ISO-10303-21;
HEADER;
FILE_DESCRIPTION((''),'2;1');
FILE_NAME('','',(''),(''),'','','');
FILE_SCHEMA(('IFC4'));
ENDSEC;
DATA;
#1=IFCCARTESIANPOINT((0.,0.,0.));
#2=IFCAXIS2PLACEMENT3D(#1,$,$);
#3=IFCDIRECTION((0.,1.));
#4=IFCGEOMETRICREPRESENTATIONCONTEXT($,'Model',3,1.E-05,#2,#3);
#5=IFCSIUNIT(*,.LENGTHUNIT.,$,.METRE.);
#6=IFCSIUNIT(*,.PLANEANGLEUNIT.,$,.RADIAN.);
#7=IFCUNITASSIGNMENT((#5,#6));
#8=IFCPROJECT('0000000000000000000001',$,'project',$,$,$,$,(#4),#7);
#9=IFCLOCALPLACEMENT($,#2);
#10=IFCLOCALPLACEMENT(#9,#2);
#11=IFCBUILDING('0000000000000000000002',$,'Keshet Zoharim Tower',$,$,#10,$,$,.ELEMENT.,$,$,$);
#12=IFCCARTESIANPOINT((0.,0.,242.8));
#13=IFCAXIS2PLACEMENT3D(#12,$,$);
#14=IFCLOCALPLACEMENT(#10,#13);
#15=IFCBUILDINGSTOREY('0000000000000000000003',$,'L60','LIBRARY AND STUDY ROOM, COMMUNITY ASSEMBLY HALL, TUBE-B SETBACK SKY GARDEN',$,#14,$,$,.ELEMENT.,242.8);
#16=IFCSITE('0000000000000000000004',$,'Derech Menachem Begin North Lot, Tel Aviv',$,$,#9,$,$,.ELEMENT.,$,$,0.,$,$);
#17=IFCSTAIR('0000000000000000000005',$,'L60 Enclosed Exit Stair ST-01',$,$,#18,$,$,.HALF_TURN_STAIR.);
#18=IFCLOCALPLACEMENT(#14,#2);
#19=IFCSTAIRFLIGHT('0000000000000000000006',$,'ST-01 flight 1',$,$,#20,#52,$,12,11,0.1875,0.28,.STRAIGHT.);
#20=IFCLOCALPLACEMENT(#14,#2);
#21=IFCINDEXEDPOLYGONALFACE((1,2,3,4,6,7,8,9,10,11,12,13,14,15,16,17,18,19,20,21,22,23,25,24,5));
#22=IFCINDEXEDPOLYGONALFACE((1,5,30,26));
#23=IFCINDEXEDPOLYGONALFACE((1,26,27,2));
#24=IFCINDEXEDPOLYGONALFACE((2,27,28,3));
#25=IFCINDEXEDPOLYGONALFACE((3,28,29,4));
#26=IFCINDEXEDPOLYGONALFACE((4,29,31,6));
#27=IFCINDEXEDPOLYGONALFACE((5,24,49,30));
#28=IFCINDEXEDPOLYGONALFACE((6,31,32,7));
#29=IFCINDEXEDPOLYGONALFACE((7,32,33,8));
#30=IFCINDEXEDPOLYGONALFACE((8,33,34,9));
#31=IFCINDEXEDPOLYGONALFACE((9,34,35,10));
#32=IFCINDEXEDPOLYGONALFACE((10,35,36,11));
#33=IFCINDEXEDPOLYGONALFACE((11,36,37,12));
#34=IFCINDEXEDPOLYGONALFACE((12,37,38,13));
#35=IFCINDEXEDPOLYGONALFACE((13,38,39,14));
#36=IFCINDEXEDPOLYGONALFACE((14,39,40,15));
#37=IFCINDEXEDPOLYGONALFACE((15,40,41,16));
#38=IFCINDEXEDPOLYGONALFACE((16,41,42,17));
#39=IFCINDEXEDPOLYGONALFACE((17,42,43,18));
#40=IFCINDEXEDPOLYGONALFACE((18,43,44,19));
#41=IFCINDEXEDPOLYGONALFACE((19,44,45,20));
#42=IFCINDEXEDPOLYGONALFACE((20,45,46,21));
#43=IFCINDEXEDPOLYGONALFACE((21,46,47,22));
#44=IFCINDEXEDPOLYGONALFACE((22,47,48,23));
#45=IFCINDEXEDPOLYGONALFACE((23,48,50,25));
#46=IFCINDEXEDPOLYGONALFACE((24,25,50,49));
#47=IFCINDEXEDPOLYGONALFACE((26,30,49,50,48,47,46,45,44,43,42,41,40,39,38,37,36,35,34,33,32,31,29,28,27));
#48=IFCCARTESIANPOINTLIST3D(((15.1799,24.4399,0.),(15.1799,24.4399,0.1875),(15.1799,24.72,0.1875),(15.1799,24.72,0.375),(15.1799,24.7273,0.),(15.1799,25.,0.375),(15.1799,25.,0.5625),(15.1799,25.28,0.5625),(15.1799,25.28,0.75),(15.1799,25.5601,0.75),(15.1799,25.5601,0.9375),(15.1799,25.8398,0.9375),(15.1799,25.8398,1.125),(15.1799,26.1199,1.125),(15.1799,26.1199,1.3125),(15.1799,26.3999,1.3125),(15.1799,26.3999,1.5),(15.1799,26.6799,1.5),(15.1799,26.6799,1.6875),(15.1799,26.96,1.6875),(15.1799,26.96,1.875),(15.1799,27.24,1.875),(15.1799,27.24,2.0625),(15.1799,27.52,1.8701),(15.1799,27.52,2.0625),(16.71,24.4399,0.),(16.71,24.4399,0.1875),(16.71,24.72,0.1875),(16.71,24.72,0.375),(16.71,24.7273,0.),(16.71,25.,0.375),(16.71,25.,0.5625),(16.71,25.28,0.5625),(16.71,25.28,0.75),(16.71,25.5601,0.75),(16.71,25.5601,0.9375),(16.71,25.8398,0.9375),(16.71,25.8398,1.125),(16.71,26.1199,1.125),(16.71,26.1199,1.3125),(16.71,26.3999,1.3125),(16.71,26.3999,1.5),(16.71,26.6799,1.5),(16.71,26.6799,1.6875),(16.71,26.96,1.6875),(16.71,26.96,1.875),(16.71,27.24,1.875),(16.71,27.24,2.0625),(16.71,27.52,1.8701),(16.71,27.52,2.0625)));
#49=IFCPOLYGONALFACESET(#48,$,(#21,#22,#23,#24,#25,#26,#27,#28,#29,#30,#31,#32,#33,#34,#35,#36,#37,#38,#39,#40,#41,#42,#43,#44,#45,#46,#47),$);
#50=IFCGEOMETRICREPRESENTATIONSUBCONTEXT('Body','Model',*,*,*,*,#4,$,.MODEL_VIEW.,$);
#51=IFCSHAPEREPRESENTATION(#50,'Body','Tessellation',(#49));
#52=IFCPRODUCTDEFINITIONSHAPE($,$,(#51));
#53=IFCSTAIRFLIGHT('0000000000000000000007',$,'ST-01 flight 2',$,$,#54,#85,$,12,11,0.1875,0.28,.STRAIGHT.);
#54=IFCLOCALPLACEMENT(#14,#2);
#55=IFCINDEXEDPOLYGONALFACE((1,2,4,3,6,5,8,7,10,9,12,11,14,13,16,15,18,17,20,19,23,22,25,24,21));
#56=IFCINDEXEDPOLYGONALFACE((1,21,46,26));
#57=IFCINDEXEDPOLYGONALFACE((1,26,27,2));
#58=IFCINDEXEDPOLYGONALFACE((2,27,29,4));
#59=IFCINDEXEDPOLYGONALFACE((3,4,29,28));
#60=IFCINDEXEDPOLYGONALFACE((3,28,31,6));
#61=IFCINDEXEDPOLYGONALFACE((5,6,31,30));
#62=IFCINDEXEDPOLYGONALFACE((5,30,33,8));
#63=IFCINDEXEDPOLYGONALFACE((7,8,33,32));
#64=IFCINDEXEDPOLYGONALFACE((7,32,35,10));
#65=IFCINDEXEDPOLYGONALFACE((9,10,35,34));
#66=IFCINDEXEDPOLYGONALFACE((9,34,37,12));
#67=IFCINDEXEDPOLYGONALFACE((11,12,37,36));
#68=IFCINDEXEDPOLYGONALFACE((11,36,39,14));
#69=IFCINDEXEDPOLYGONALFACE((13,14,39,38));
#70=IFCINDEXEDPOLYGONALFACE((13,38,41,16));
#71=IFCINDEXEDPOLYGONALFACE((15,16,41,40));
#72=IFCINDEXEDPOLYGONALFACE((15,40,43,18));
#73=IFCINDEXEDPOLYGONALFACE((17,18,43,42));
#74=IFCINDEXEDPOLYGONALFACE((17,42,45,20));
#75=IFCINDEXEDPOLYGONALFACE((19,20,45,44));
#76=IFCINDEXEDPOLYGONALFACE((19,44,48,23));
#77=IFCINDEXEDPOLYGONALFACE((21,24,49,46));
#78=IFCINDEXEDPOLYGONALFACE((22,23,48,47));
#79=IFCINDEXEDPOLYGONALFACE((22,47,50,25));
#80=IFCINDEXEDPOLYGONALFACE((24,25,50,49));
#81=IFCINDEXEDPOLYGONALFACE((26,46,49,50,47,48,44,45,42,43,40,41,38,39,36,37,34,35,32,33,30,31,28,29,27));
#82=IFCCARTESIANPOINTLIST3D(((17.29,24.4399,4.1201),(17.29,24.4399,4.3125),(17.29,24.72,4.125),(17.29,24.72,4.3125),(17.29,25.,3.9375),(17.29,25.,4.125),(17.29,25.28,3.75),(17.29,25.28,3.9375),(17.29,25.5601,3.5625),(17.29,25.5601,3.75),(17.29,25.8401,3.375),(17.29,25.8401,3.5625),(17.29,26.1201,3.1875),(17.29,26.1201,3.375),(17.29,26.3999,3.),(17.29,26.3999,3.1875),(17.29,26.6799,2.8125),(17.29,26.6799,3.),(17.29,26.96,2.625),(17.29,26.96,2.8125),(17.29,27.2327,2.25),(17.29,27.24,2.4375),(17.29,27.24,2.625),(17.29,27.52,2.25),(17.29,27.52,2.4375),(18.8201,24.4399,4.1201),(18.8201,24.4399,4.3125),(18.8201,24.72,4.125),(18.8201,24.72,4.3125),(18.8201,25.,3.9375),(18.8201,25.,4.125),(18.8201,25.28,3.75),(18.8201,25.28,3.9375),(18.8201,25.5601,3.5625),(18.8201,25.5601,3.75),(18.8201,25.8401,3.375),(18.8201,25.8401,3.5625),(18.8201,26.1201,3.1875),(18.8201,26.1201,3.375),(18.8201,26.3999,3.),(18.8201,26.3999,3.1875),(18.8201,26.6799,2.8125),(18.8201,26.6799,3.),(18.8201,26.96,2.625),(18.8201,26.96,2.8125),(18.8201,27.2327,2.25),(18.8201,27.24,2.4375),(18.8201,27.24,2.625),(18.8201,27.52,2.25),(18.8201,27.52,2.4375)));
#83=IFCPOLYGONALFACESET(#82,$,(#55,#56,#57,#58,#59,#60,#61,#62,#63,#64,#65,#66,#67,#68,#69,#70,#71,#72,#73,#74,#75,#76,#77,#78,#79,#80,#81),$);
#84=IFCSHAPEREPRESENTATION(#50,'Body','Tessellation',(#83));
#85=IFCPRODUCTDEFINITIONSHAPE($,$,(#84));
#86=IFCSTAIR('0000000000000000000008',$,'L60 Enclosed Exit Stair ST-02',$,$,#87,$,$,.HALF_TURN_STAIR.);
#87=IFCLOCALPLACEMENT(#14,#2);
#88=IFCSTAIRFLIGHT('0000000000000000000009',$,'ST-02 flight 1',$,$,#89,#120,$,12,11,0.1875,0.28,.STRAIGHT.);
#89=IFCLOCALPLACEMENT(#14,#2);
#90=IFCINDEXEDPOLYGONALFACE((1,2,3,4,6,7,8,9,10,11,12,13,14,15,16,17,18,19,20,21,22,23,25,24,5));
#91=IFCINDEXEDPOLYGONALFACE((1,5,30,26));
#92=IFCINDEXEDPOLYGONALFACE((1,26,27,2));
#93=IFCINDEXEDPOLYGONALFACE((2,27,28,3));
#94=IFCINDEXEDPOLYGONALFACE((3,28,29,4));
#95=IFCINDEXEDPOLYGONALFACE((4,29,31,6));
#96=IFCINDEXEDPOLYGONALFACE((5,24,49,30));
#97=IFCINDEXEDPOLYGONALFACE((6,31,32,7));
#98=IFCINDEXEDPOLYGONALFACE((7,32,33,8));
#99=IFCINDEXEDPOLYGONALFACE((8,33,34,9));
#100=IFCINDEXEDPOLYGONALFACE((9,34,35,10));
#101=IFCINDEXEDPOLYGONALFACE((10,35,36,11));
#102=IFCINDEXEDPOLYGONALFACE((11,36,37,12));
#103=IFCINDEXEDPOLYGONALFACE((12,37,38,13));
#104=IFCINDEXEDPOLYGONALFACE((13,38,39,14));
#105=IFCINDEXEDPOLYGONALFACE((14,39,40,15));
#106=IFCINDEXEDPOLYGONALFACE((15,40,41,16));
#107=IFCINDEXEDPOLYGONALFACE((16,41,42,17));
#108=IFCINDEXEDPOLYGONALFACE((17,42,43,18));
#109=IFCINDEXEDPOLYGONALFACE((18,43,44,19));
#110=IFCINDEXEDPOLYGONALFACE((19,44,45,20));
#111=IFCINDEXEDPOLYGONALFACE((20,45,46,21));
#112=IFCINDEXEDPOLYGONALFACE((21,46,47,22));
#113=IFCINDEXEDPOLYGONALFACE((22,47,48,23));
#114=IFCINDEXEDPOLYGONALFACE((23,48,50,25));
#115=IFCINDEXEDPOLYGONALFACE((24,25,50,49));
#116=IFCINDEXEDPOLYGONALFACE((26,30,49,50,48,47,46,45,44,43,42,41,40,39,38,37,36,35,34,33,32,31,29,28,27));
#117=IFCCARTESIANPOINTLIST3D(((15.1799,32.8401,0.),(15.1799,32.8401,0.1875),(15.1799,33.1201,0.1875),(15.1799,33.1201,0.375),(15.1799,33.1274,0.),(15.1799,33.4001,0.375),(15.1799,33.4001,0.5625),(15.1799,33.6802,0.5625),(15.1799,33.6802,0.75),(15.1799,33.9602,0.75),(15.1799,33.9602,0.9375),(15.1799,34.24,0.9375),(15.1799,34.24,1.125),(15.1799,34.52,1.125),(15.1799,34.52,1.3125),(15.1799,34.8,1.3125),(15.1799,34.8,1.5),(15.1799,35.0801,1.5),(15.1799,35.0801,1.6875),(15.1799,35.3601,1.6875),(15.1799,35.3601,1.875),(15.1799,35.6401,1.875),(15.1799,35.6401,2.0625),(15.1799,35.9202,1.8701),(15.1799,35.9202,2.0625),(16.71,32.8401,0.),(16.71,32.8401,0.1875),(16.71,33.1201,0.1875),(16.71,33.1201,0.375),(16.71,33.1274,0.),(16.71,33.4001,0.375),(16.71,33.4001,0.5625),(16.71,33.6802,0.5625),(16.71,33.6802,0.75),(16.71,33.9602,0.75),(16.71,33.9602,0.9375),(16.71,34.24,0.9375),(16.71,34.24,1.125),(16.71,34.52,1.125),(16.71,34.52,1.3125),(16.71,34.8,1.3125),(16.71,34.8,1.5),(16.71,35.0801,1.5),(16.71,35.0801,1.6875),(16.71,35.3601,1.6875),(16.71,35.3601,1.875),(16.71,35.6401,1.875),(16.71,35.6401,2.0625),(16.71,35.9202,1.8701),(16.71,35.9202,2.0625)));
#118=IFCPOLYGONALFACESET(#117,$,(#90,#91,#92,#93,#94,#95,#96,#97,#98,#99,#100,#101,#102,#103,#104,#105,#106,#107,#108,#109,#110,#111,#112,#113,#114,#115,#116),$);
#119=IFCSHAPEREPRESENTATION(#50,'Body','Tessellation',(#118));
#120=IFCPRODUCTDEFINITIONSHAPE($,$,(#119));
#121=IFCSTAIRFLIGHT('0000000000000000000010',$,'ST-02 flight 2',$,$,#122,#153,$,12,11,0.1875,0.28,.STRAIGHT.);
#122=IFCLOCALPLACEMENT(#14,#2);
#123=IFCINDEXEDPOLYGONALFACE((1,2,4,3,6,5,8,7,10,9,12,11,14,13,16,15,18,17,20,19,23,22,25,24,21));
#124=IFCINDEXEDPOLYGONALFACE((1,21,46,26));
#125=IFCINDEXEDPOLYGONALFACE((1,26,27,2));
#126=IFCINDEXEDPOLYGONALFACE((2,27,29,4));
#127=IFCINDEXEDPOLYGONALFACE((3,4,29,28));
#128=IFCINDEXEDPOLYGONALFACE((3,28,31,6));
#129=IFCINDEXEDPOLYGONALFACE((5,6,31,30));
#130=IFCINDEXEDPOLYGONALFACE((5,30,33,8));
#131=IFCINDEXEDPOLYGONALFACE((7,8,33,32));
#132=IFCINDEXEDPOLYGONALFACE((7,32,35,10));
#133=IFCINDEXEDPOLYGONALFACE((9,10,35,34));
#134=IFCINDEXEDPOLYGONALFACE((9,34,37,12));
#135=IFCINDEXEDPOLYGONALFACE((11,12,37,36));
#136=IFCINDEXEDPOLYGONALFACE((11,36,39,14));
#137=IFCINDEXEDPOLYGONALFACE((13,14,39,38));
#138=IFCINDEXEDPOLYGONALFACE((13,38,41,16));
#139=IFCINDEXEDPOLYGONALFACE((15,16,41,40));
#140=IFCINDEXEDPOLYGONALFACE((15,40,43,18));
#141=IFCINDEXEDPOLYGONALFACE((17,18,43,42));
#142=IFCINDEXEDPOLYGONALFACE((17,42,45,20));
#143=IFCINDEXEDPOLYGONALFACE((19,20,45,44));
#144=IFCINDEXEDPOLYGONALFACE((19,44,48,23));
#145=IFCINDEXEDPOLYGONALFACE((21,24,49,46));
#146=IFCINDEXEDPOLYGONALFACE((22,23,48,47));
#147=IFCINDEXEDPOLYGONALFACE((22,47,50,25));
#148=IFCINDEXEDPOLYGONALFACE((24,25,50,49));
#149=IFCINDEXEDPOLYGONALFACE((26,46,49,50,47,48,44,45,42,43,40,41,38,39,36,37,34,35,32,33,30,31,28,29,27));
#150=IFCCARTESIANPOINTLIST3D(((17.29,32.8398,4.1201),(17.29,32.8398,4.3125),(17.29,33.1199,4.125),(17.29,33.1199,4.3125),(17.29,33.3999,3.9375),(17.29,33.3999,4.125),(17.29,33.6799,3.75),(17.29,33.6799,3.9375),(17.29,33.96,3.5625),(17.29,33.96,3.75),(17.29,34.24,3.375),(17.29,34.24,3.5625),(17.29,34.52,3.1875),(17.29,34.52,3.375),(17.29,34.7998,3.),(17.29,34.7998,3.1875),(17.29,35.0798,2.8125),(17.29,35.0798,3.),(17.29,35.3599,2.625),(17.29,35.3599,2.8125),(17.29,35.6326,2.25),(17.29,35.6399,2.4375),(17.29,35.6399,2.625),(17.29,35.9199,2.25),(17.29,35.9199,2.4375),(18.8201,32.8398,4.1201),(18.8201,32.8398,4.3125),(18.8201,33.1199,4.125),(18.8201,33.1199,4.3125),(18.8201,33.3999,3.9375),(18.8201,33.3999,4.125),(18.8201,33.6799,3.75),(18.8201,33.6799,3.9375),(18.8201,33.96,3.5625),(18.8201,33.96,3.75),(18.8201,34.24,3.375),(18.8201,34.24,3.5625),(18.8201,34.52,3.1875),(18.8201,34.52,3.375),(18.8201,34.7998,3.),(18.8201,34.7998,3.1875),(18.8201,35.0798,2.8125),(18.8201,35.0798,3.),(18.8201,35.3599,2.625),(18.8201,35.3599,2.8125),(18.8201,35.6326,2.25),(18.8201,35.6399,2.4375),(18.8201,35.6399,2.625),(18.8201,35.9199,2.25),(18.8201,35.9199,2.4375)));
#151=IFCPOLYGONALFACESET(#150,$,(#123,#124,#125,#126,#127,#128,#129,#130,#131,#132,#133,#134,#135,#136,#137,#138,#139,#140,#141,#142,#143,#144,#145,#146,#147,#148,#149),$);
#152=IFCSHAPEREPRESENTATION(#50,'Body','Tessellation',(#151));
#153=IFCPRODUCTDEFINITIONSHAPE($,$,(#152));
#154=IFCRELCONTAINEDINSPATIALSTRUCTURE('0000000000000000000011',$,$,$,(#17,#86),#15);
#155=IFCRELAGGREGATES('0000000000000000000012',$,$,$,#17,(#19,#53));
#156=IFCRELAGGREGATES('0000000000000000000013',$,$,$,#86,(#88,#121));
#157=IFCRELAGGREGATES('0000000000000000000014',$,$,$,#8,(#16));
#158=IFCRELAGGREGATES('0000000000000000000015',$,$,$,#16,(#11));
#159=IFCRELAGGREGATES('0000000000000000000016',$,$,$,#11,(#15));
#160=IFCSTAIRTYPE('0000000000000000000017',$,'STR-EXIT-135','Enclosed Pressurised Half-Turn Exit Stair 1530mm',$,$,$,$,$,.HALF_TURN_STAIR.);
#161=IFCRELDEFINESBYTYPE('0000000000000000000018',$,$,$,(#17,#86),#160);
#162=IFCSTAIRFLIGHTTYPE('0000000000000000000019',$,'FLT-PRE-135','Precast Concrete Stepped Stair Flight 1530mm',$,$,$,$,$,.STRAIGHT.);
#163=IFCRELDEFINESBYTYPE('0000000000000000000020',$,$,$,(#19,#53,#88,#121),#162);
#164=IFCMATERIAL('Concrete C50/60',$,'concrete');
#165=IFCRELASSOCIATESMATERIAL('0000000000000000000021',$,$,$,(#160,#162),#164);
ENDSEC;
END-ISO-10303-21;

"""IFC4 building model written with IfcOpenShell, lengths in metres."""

from ifc_helpers import new_model, si_unit, direction, frame, origin, place, context, subcontext, project, spatial, polyline, outline, extrude, material, type_object, element, aggregate, save


model = new_model("IFC4")

# Units and contexts
model_context = context("Model", 3, precision=1e-05, world=origin(), true_north=direction((0.0, 1.0)))
body_context = subcontext(model_context, "Body", "Model", "MODEL_VIEW")
ifc_project = project(units=[si_unit("LENGTHUNIT", "METRE"), si_unit("PLANEANGLEUNIT", "RADIAN")], contexts=[model_context])

# Site, building, storey
site_placement = place(None, origin())
site = spatial("IfcSite", under=ifc_project, at=site_placement, Name="Derech Menachem Begin North Lot, Tel Aviv", CompositionType="ELEMENT", RefElevation=0.0)
building_placement = place(site_placement, origin())
building = spatial("IfcBuilding", under=site, at=building_placement, Name="Keshet Zoharim Tower", CompositionType="ELEMENT")
storey_placement = place(building_placement, frame((0.0, 0.0, 242.8)))
storey = spatial("IfcBuildingStorey", under=building, at=storey_placement, Name="L60", Description="LIBRARY AND STUDY ROOM, COMMUNITY ASSEMBLY HALL, TUBE-B SETBACK SKY GARDEN", CompositionType="ELEMENT", Elevation=242.8)

# Shared definitions
ifc_material_1 = material(Name="Concrete C50/60", Category="concrete")

# Stairs, stair flights
stair_type = type_object("IfcStairType", Name="STR-EXIT-135", Description="Enclosed Pressurised Half-Turn Exit Stair 1530mm", PredefinedType="HALF_TURN_STAIR", material=ifc_material_1)
stair_1_placement = place(storey_placement, origin())
stair_1 = element("IfcStair", 1, at=stair_1_placement, inside=storey, type_object=stair_type, Name="L60 Enclosed Exit Stair ST-01", PredefinedType="HALF_TURN_STAIR")
stair_flight_type = type_object("IfcStairFlightType", Name="FLT-PRE-135", Description="Precast Concrete Stepped Stair Flight 1530mm", PredefinedType="STRAIGHT", material=ifc_material_1)
stair_flight_1_placement = place(storey_placement, frame((15.9451, 24.4399, 0.0), z_axis=(0.0, 0.0, 1.0), x_axis=(0.0, 1.0, 0.0)))
stair_flight_1 = element("IfcStairFlight", 2, at=stair_flight_1_placement, type_object=stair_flight_type, Name="ST-01 flight 1", NumberOfRisers=12, NumberOfTreads=11, PredefinedType="STRAIGHT", RiserHeight=0.1875, TreadLength=0.28, context=body_context, shape_type="SweptSolid", body=[
    extrude(outline(polyline([(0.0, 0.0), (0.0, 0.1875), (0.28, 0.1875), (0.28, 0.375), (0.5601, 0.375), (0.5601, 0.5625), (0.8401, 0.5625), (0.8401, 0.75), (1.1201, 0.75), (1.1201, 0.9375), (1.3999, 0.9375), (1.3999, 1.125), (1.6799, 1.125), (1.6799, 1.3125), (1.96, 1.3125), (1.96, 1.5), (2.24, 1.5), (2.24, 1.6875), (2.52, 1.6875), (2.52, 1.875), (2.8, 1.875), (2.8, 2.0625), (3.0801, 2.0625), (3.0801, 2.25), (3.0801, 1.8701), (0.2874, 0.0), (0.0, 0.0)])), frame((0.0, 0.7651, 0.0), z_axis=(0.0, -1.0, 0.0), x_axis=(1.0, 0.0, 0.0)), (0.0, 0.0, 1.0), 1.53),
])
stair_flight_2_placement = place(storey_placement, frame((18.0549, 27.52, 2.25), z_axis=(0.0, 0.0, 1.0), x_axis=(0.0, -1.0, 0.0)))
stair_flight_2 = element("IfcStairFlight", 3, at=stair_flight_2_placement, type_object=stair_flight_type, Name="ST-01 flight 2", NumberOfRisers=12, NumberOfTreads=11, PredefinedType="STRAIGHT", RiserHeight=0.1875, TreadLength=0.28, context=body_context, shape_type="SweptSolid", body=[
    extrude(outline(polyline([(0.0, 0.0), (0.0, 0.1875), (0.28, 0.1875), (0.28, 0.375), (0.5601, 0.375), (0.5601, 0.5625), (0.8401, 0.5625), (0.8401, 0.75), (1.1201, 0.75), (1.1201, 0.9375), (1.3999, 0.9375), (1.3999, 1.125), (1.6799, 1.125), (1.6799, 1.3125), (1.96, 1.3125), (1.96, 1.5), (2.24, 1.5), (2.24, 1.6875), (2.52, 1.6875), (2.52, 1.875), (2.8, 1.875), (2.8, 2.0625), (3.0801, 2.0625), (3.0801, 2.25), (3.0801, 1.8701), (0.2874, 0.0), (0.0, 0.0)])), frame((0.0, 0.7651, 0.0), z_axis=(0.0, -1.0, 0.0), x_axis=(1.0, 0.0, 0.0)), (0.0, 0.0, 1.0), 1.53),
])
aggregate(stair_1, [stair_flight_1, stair_flight_2])
stair_2_placement = place(storey_placement, origin())
stair_2 = element("IfcStair", 4, at=stair_2_placement, inside=storey, type_object=stair_type, Name="L60 Enclosed Exit Stair ST-02", PredefinedType="HALF_TURN_STAIR")
stair_flight_3_placement = place(storey_placement, frame((15.9451, 32.8401, 0.0), z_axis=(0.0, 0.0, 1.0), x_axis=(0.0, 1.0, 0.0)))
stair_flight_3 = element("IfcStairFlight", 5, at=stair_flight_3_placement, type_object=stair_flight_type, Name="ST-02 flight 1", NumberOfRisers=12, NumberOfTreads=11, PredefinedType="STRAIGHT", RiserHeight=0.1875, TreadLength=0.28, context=body_context, shape_type="SweptSolid", body=[
    extrude(outline(polyline([(0.0, 0.0), (0.0, 0.1875), (0.28, 0.1875), (0.28, 0.375), (0.5601, 0.375), (0.5601, 0.5625), (0.8401, 0.5625), (0.8401, 0.75), (1.1201, 0.75), (1.1201, 0.9375), (1.3999, 0.9375), (1.3999, 1.125), (1.6799, 1.125), (1.6799, 1.3125), (1.96, 1.3125), (1.96, 1.5), (2.24, 1.5), (2.24, 1.6875), (2.52, 1.6875), (2.52, 1.875), (2.8, 1.875), (2.8, 2.0625), (3.0801, 2.0625), (3.0801, 2.25), (3.0801, 1.8701), (0.2874, 0.0), (0.0, 0.0)])), frame((0.0, 0.7651, 0.0), z_axis=(0.0, -1.0, 0.0), x_axis=(1.0, 0.0, 0.0)), (0.0, 0.0, 1.0), 1.53),
])
stair_flight_4_placement = place(storey_placement, frame((18.0549, 35.9199, 2.25), z_axis=(0.0, 0.0, 1.0), x_axis=(0.0, -1.0, 0.0)))
stair_flight_4 = element("IfcStairFlight", 6, at=stair_flight_4_placement, type_object=stair_flight_type, Name="ST-02 flight 2", NumberOfRisers=12, NumberOfTreads=11, PredefinedType="STRAIGHT", RiserHeight=0.1875, TreadLength=0.28, context=body_context, shape_type="SweptSolid", body=[
    extrude(outline(polyline([(0.0, 0.0), (0.0, 0.1875), (0.28, 0.1875), (0.28, 0.375), (0.5601, 0.375), (0.5601, 0.5625), (0.8401, 0.5625), (0.8401, 0.75), (1.1201, 0.75), (1.1201, 0.9375), (1.3999, 0.9375), (1.3999, 1.125), (1.6799, 1.125), (1.6799, 1.3125), (1.96, 1.3125), (1.96, 1.5), (2.24, 1.5), (2.24, 1.6875), (2.52, 1.6875), (2.52, 1.875), (2.8, 1.875), (2.8, 2.0625), (3.0801, 2.0625), (3.0801, 2.25), (3.0801, 1.8701), (0.2874, 0.0), (0.0, 0.0)])), frame((0.0, 0.7651, 0.0), z_axis=(0.0, -1.0, 0.0), x_axis=(1.0, 0.0, 0.0)), (0.0, 0.0, 1.0), 1.53),
])
aggregate(stair_2, [stair_flight_3, stair_flight_4])

save(model, "model.ifc")
